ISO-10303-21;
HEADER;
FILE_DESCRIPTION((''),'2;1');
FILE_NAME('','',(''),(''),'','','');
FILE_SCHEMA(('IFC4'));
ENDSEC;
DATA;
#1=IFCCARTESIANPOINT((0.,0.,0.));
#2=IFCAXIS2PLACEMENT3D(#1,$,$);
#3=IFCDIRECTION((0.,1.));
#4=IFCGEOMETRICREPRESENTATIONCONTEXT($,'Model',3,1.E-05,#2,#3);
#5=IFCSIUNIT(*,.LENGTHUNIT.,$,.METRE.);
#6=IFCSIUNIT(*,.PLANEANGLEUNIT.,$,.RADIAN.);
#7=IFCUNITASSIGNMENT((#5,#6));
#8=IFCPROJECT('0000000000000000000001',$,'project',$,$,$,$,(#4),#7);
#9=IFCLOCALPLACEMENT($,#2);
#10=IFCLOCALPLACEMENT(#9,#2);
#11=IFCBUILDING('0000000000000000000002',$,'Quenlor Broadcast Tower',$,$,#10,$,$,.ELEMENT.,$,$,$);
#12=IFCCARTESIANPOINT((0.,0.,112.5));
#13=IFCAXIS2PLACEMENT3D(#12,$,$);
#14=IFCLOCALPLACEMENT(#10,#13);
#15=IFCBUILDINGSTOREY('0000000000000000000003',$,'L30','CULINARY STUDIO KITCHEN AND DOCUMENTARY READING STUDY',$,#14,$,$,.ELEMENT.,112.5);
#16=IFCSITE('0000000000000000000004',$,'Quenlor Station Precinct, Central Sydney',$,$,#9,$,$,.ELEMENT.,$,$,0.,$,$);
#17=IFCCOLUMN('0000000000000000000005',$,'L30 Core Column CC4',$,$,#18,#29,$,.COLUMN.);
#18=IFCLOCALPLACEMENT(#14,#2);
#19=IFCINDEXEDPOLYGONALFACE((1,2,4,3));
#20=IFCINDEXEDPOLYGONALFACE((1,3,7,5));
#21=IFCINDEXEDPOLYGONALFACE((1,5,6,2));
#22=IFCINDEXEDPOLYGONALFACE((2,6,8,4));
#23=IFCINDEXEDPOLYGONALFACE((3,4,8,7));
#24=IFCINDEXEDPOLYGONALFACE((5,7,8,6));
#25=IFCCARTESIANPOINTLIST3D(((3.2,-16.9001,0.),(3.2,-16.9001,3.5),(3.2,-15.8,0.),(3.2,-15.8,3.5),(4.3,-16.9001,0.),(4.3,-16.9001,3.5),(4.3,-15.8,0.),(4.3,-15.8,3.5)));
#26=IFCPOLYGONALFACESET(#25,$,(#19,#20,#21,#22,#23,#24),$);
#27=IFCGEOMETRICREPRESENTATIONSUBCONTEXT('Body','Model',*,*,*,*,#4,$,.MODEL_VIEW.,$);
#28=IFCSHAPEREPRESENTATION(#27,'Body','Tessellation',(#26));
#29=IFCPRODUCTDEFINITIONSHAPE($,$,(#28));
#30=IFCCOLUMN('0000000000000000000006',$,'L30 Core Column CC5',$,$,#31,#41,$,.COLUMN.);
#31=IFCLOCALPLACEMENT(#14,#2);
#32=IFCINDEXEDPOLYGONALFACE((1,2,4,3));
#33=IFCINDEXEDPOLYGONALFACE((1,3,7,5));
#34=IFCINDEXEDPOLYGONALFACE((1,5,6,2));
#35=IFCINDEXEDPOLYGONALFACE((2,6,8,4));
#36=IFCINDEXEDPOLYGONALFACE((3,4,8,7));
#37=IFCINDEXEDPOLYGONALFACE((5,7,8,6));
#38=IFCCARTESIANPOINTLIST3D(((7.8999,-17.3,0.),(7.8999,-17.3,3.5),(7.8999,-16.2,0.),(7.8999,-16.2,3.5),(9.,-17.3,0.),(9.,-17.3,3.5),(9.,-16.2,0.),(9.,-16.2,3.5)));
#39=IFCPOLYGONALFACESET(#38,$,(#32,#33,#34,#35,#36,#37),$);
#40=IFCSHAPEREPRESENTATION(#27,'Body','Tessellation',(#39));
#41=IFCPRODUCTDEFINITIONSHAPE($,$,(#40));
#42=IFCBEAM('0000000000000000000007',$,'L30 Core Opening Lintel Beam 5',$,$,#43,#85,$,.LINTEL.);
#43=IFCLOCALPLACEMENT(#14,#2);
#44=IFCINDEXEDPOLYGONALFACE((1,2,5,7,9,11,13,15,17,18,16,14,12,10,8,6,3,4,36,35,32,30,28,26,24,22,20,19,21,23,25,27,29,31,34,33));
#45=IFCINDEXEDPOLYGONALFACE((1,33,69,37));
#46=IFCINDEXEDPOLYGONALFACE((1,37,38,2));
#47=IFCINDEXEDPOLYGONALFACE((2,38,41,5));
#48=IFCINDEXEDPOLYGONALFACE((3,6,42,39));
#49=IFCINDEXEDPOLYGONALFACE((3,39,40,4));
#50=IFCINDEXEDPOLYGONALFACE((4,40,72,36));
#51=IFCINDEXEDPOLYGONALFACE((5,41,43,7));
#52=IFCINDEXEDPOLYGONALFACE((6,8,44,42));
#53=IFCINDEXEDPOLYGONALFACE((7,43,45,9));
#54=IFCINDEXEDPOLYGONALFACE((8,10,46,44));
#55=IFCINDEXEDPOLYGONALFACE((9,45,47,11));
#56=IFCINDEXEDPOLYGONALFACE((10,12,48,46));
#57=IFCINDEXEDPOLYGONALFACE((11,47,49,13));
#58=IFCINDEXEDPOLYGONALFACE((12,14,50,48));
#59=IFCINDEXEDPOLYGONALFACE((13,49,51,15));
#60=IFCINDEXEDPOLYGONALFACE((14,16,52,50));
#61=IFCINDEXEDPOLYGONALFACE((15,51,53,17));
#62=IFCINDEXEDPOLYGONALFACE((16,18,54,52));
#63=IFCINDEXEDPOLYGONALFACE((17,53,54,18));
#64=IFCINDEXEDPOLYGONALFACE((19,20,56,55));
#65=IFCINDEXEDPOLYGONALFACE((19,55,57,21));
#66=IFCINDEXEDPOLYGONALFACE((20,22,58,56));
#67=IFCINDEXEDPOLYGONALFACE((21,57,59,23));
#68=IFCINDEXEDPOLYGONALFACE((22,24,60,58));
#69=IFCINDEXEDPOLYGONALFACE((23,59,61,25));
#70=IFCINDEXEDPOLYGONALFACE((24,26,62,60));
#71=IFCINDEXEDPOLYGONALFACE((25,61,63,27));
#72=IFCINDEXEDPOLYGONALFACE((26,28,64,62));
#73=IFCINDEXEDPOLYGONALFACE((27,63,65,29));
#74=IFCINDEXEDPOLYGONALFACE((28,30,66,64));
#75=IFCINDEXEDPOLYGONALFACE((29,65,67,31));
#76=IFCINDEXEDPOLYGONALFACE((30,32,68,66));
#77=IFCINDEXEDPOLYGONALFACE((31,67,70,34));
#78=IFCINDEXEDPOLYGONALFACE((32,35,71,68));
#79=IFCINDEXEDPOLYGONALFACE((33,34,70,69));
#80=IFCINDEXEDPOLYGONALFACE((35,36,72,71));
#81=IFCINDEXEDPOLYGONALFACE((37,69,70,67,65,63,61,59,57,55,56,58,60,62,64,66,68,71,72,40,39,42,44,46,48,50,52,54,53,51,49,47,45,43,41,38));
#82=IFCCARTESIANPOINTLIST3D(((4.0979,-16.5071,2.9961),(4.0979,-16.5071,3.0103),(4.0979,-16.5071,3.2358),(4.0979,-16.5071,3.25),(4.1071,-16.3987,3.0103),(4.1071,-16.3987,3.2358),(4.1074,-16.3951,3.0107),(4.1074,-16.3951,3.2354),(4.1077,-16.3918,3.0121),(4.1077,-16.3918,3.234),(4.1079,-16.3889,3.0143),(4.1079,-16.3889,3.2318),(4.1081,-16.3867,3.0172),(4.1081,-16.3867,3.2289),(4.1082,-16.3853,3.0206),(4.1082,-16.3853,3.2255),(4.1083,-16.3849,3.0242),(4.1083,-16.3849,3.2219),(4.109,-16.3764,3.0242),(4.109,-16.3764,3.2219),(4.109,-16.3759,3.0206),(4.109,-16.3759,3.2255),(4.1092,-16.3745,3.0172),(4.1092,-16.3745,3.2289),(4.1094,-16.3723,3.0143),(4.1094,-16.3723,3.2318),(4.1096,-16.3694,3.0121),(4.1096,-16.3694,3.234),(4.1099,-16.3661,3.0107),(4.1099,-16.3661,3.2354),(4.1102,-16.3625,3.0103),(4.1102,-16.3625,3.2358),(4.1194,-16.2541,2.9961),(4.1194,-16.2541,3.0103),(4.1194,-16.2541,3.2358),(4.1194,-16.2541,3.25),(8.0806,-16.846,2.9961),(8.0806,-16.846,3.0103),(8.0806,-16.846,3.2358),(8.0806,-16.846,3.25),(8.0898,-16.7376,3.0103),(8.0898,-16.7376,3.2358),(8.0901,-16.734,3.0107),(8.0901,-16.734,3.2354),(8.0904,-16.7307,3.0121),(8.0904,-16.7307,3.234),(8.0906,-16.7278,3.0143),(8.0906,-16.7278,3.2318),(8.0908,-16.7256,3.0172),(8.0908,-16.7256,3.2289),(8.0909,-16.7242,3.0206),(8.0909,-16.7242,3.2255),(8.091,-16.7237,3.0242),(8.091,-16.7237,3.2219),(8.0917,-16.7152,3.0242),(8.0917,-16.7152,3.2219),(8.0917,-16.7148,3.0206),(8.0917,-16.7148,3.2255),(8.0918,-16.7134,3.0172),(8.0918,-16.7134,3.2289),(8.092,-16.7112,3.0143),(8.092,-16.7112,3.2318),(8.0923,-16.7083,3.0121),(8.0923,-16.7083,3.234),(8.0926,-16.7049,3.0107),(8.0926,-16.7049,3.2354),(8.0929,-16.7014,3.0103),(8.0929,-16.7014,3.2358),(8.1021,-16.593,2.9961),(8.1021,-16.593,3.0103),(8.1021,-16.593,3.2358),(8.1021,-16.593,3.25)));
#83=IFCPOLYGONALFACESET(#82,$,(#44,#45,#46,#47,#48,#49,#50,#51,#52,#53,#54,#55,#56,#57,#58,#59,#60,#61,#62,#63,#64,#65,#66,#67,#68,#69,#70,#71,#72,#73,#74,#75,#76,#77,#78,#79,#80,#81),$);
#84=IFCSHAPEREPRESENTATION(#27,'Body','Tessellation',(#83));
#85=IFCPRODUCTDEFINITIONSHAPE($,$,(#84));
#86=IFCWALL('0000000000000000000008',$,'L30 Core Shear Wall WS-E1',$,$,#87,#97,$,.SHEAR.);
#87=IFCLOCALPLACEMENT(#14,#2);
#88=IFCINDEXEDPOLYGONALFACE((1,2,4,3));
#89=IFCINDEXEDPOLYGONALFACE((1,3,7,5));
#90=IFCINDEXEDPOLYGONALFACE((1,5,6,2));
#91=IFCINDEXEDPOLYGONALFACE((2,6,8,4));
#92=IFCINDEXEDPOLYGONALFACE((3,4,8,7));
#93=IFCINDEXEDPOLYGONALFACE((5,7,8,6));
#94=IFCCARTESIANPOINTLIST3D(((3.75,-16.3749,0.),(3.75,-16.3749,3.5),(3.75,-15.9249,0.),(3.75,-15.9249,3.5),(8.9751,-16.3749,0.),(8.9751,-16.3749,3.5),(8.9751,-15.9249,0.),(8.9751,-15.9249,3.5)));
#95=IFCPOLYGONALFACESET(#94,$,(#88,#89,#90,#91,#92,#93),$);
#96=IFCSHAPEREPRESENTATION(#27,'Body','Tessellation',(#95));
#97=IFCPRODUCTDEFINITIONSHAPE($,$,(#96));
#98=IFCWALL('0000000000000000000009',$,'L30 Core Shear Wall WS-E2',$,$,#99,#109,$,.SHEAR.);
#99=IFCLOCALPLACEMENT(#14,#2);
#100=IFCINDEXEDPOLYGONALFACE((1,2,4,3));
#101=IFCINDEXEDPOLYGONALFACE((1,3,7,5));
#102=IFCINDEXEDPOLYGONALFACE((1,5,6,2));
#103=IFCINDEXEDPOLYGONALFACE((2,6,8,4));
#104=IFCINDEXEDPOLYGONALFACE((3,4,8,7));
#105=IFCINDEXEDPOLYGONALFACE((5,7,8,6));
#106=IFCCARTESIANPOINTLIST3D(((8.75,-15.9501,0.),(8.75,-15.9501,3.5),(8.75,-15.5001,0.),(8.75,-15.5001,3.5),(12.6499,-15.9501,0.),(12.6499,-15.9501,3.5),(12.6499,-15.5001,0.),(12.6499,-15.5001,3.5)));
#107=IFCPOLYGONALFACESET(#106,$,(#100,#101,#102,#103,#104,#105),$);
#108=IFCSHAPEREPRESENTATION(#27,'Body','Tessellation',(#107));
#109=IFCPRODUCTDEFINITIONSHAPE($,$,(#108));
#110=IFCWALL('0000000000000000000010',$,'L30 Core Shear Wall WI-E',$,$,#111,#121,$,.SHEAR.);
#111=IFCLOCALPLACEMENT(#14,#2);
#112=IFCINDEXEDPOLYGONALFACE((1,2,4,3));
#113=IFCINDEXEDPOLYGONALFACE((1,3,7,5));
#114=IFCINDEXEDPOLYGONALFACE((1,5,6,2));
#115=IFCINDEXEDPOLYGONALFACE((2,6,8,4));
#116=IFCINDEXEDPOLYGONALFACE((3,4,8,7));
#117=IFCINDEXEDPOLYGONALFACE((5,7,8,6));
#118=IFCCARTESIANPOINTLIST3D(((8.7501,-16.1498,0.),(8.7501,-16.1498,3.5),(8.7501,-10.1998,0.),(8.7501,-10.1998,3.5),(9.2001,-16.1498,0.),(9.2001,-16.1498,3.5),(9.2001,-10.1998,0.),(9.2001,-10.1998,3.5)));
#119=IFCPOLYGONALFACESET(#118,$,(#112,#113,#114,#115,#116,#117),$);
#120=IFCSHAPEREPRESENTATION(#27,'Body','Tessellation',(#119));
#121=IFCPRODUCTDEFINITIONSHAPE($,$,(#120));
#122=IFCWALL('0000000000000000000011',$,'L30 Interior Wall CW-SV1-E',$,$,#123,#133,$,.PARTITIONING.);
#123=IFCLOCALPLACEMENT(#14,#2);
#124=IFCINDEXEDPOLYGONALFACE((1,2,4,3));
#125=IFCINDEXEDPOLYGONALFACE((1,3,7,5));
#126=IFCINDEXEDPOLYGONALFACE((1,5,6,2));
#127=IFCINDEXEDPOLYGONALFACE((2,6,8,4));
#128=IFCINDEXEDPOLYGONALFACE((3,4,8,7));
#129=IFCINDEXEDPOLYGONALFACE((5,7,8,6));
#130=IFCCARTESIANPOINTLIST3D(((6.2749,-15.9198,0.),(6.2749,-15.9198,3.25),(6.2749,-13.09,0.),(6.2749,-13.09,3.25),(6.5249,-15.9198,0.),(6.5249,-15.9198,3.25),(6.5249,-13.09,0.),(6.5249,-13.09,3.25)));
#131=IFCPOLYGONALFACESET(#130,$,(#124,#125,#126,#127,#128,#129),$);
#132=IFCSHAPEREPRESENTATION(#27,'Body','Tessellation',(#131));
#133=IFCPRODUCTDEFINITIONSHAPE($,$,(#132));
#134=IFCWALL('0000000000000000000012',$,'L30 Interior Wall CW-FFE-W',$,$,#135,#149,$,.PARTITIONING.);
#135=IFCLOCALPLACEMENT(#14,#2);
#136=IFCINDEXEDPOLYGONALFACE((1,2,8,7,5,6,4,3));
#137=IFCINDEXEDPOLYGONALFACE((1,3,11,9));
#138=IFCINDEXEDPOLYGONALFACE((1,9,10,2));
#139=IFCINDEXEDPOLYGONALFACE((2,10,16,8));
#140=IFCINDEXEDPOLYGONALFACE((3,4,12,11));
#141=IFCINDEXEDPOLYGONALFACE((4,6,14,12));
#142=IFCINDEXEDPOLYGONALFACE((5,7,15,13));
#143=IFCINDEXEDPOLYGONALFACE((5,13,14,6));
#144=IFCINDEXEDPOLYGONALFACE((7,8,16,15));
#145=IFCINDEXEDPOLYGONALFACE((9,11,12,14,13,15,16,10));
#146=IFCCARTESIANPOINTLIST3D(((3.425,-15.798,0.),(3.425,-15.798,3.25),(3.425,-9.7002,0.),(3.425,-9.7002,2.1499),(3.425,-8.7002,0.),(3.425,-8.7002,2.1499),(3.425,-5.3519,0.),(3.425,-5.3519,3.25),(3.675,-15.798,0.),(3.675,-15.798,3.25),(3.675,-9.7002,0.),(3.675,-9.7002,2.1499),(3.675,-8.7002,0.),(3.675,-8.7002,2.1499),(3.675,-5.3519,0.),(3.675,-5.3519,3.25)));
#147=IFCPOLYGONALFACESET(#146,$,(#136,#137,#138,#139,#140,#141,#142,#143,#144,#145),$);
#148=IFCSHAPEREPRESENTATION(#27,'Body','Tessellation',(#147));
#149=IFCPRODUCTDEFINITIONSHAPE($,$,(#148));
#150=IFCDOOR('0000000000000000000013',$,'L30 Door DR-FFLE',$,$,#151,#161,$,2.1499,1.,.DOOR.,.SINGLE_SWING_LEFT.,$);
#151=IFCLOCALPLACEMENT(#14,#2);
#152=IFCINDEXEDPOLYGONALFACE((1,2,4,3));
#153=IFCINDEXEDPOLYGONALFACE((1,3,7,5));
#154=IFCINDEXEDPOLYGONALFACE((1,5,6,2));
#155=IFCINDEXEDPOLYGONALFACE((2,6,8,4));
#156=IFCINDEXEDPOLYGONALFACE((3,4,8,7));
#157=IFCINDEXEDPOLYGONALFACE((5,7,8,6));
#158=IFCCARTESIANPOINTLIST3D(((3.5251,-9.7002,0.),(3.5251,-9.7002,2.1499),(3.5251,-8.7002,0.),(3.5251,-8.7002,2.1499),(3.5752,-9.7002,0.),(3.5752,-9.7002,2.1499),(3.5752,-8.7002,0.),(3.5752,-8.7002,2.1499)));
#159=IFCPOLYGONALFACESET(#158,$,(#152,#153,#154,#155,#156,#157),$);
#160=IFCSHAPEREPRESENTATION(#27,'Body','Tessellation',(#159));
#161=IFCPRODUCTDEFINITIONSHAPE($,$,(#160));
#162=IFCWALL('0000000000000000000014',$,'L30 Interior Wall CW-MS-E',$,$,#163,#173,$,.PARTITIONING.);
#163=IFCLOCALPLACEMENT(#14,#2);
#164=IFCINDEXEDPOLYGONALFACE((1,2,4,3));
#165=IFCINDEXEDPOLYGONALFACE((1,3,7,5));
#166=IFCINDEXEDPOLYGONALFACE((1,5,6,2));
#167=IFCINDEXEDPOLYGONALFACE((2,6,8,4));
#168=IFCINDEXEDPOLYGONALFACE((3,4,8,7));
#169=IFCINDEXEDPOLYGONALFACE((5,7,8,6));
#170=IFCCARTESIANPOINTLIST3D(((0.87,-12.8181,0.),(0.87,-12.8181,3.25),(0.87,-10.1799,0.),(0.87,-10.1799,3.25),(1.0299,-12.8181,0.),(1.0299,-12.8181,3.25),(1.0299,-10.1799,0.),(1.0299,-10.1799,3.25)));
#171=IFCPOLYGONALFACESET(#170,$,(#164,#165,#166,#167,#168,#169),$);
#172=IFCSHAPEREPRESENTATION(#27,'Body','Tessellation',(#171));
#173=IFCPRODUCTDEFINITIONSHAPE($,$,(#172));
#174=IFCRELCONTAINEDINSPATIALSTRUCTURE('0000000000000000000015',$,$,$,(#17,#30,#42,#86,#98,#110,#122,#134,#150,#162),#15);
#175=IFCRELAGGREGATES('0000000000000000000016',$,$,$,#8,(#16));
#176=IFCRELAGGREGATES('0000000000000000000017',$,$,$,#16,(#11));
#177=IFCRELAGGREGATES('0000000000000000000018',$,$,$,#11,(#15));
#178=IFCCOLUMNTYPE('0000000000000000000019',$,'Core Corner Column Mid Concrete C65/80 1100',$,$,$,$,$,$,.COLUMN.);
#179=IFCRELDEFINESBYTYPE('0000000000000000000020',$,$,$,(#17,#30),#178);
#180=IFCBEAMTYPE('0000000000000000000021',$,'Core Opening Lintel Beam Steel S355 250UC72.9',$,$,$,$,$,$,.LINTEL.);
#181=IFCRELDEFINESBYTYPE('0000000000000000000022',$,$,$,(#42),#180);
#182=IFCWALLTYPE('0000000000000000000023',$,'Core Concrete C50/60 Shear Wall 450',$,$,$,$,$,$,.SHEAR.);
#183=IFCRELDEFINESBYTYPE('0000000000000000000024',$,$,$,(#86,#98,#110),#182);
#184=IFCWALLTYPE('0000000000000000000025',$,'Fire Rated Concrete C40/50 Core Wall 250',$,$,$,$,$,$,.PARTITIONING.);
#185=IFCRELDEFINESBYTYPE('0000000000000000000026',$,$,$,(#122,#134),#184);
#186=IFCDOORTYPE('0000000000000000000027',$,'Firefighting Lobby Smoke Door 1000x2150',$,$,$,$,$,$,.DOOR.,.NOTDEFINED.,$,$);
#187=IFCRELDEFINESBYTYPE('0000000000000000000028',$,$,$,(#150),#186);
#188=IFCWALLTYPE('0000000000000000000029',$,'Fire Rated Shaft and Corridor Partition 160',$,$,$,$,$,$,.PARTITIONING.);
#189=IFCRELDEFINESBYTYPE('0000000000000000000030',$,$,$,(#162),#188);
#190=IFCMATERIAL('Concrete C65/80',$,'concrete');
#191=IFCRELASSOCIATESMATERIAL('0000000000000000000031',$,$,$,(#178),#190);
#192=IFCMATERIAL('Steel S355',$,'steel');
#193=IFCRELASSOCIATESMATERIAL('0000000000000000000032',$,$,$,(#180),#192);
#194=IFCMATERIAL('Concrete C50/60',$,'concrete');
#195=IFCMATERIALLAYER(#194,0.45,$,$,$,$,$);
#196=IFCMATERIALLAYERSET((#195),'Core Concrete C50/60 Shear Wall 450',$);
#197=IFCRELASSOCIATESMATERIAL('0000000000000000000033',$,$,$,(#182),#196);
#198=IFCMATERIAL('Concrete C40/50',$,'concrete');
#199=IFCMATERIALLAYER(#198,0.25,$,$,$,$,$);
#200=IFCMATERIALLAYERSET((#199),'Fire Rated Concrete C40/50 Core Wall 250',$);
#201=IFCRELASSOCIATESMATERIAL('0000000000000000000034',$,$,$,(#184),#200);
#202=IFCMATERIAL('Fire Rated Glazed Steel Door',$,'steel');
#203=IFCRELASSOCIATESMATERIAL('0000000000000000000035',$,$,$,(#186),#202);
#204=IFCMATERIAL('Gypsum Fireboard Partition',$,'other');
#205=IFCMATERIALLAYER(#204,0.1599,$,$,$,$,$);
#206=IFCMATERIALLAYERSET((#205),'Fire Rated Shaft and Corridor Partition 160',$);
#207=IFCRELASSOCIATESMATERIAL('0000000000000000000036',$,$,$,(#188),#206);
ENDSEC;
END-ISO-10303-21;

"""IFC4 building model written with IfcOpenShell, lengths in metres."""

from ifc_helpers import new_model, si_unit, direction, frame, frame_2d, origin, origin_2d, place, context, subcontext, project, spatial, rectangle, i_section, extrude, material, layer, layer_set, material_profile, profile_set, type_object, element, fill, save


model = new_model("IFC4")

# Units and contexts
model_context = context("Model", 3, precision=1e-05, world=origin(), true_north=direction((0.0, 1.0)))
body_context = subcontext(model_context, "Body", "Model", "MODEL_VIEW")
ifc_project = project(units=[si_unit("LENGTHUNIT", "METRE"), si_unit("PLANEANGLEUNIT", "RADIAN")], contexts=[model_context])

# Site, building, storey
site_placement = place(None, origin())
site = spatial("IfcSite", under=ifc_project, at=site_placement, Name="Quenlor Station Precinct, Central Sydney", CompositionType="ELEMENT", RefElevation=0.0)
building_placement = place(site_placement, origin())
building = spatial("IfcBuilding", under=site, at=building_placement, Name="Quenlor Broadcast Tower", CompositionType="ELEMENT")
storey_placement = place(building_placement, frame((0.0, 0.0, 112.5)))
storey = spatial("IfcBuildingStorey", under=building, at=storey_placement, Name="L30", Description="CULINARY STUDIO KITCHEN AND DOCUMENTARY READING STUDY", CompositionType="ELEMENT", Elevation=112.5)

# Columns
ifc_material_1 = material(Name="Concrete C65/80", Category="concrete")
ifc_material_profile_1 = material_profile(ifc_material_1, rectangle(XDim=1.1001, YDim=1.1001, at=origin_2d()))
ifc_profile_set_1 = profile_set([ifc_material_profile_1], Name="Concrete C65/80 RC1100x1100")
column_type = type_object("IfcColumnType", Name="Core Corner Column Mid Concrete C65/80 1100", PredefinedType="COLUMN", material=ifc_profile_set_1)
for number, where, z_axis, x_axis, name in (
    (1, (3.75, -16.3501, 0.0), (0.0, 0.0, 1.0), (1.0, 0.0, 0.0), "L30 Core Column CC4"),
    (2, (8.45, -16.75, 0.0), (0.0, 0.0, 1.0), (1.0, 0.0, 0.0), "L30 Core Column CC5"),
):
    element("IfcColumn", number, at=place(storey_placement, frame(where, z_axis=z_axis, x_axis=x_axis)), inside=storey, type_object=column_type, Name=name, PredefinedType="COLUMN", context=body_context, shape_type="SweptSolid", body=[
        extrude(rectangle(XDim=1.1001, YDim=1.1001, at=origin_2d()), origin(), (0.0, 0.0, 1.0), 3.5),
    ])

# Beam
ifc_material_2 = material(Name="Steel S355", Category="steel")
ifc_material_profile_2 = material_profile(ifc_material_2, i_section(OverallWidth=0.2539, OverallDepth=0.2539, WebThickness=0.0085, FlangeThickness=0.0142, FilletRadius=0.0139, at=origin_2d()))
ifc_profile_set_2 = profile_set([ifc_material_profile_2], Name="Steel S355 250UC72.9")
beam_type = type_object("IfcBeamType", Name="Core Opening Lintel Beam Steel S355 250UC72.9", PredefinedType="LINTEL", material=ifc_profile_set_2)
beam_placement = place(storey_placement, frame((4.1086, -16.3806, 3.123), z_axis=(0.9964, -0.084779, 0.0), x_axis=(0.084779, 0.9964, 0.0)))
element("IfcBeam", 3, at=beam_placement, inside=storey, type_object=beam_type, Name="L30 Core Opening Lintel Beam 5", PredefinedType="LINTEL", context=body_context, shape_type="SweptSolid", body=[
    extrude(i_section(OverallWidth=0.2539, OverallDepth=0.2539, WebThickness=0.0085, FlangeThickness=0.0142, FilletRadius=0.0139, at=origin_2d()), origin(), (0.0, 0.0, 1.0), 3.9971),
])

# Walls
ifc_material_3 = material(Name="Concrete C50/60", Category="concrete")
ifc_layer_1 = layer(ifc_material_3, 0.45)
ifc_layer_set_1 = layer_set([ifc_layer_1], Name="Core Concrete C50/60 Shear Wall 450")
wall_type_1 = type_object("IfcWallType", Name="Core Concrete C50/60 Shear Wall 450", PredefinedType="SHEAR", material=ifc_layer_set_1)
wall_1_placement = place(storey_placement, frame((3.75, -16.1499, 0.0), z_axis=(0.0, 0.0, 1.0), x_axis=(1.0, 0.0, 0.0)))
element("IfcWall", 4, at=wall_1_placement, inside=storey, type_object=wall_type_1, Name="L30 Core Shear Wall WS-E1", PredefinedType="SHEAR", context=body_context, shape_type="SweptSolid", body=[
    extrude(rectangle(XDim=5.2251, YDim=0.45, at=frame_2d((2.6125, 0.0))), origin(), (0.0, 0.0, 1.0), 3.5),
])
wall_2_placement = place(storey_placement, frame((8.75, -15.7251, 0.0), z_axis=(0.0, 0.0, 1.0), x_axis=(1.0, 0.0, 0.0)))
element("IfcWall", 5, at=wall_2_placement, inside=storey, type_object=wall_type_1, Name="L30 Core Shear Wall WS-E2", PredefinedType="SHEAR", context=body_context, shape_type="SweptSolid", body=[
    extrude(rectangle(XDim=3.8999, YDim=0.45, at=frame_2d((1.95, 0.0))), origin(), (0.0, 0.0, 1.0), 3.5),
])
wall_3_placement = place(storey_placement, frame((8.9751, -16.1499, 0.0), z_axis=(0.0, 0.0, 1.0), x_axis=(0.0, 1.0, 0.0)))
element("IfcWall", 6, at=wall_3_placement, inside=storey, type_object=wall_type_1, Name="L30 Core Shear Wall WI-E", PredefinedType="SHEAR", context=body_context, shape_type="SweptSolid", body=[
    extrude(rectangle(XDim=5.95, YDim=0.45, at=frame_2d((2.9751, 0.0))), origin(), (0.0, 0.0, 1.0), 3.5),
])

# Shared definitions
ifc_material_4 = material(Name="Concrete C40/50", Category="concrete")
ifc_layer_2 = layer(ifc_material_4, 0.25)
ifc_layer_set_2 = layer_set([ifc_layer_2], Name="Fire Rated Concrete C40/50 Core Wall 250")
wall_type_2 = type_object("IfcWallType", Name="Fire Rated Concrete C40/50 Core Wall 250", PredefinedType="PARTITIONING", material=ifc_layer_set_2)

# Wall
wall_4_placement = place(storey_placement, frame((6.3999, -15.9199, 0.0), z_axis=(0.0, 0.0, 1.0), x_axis=(0.0, 1.0, 0.0)))
element("IfcWall", 7, at=wall_4_placement, inside=storey, type_object=wall_type_2, Name="L30 Interior Wall CW-SV1-E", PredefinedType="PARTITIONING", context=body_context, shape_type="SweptSolid", body=[
    extrude(rectangle(XDim=2.8298, YDim=0.25, at=frame_2d((1.415, 0.0))), origin(), (0.0, 0.0, 1.0), 3.25),
])

# Wall, opening, door
wall_5_placement = place(storey_placement, frame((3.55, -15.7981, 0.0), z_axis=(0.0, 0.0, 1.0), x_axis=(0.0, 1.0, 0.0)))
wall_5 = element("IfcWall", 8, at=wall_5_placement, inside=storey, type_object=wall_type_2, Name="L30 Interior Wall CW-FFE-W", PredefinedType="PARTITIONING", context=body_context, shape_type="SweptSolid", body=[
    extrude(rectangle(XDim=10.446, YDim=0.25, at=frame_2d((5.2231, 0.0))), origin(), (0.0, 0.0, 1.0), 3.25),
])
opening_1_placement = place(wall_5_placement, frame((6.0979, 0.0, 0.0)))
opening_1 = element("IfcOpeningElement", 9, at=opening_1_placement, cuts=wall_5, PredefinedType="OPENING", context=body_context, shape_type="SweptSolid", body=[
    extrude(rectangle(XDim=1.0, YDim=2.1499, at=frame_2d((0.5, 1.075))), frame((0.0, 0.135, 0.0), z_axis=(0.0, -1.0, 0.0), x_axis=(1.0, 0.0, 0.0)), (0.0, 0.0, 1.0), 0.27),
])
ifc_material_5 = material(Name="Fire Rated Glazed Steel Door", Category="steel")
door_type_1 = type_object("IfcDoorType", Name="Firefighting Lobby Smoke Door 1000x2150", OperationType="NOTDEFINED", PredefinedType="DOOR", material=ifc_material_5)
door_1_placement = place(opening_1_placement, origin())
door_1 = element("IfcDoor", 10, at=door_1_placement, inside=storey, type_object=door_type_1, Name="L30 Door DR-FFLE", OperationType="SINGLE_SWING_LEFT", OverallHeight=2.1499, OverallWidth=1.0, PredefinedType="DOOR", context=body_context, shape_type="SweptSolid", body=[
    extrude(rectangle(XDim=1.0, YDim=2.1499, at=frame_2d((0.5, 1.075))), frame((0.0, 0.0249, 0.0), z_axis=(0.0, -1.0, 0.0), x_axis=(1.0, 0.0, 0.0)), (0.0, 0.0, 1.0), 0.05),
])
fill(opening_1, door_1)

# Wall
ifc_material_6 = material(Name="Gypsum Fireboard Partition", Category="other")
ifc_layer_3 = layer(ifc_material_6, 0.1599)
ifc_layer_set_3 = layer_set([ifc_layer_3], Name="Fire Rated Shaft and Corridor Partition 160")
wall_type_3 = type_object("IfcWallType", Name="Fire Rated Shaft and Corridor Partition 160", PredefinedType="PARTITIONING", material=ifc_layer_set_3)
wall_6_placement = place(storey_placement, frame((0.95, -12.8181, 0.0), z_axis=(0.0, 0.0, 1.0), x_axis=(0.0, 1.0, 0.0)))
element("IfcWall", 11, at=wall_6_placement, inside=storey, type_object=wall_type_3, Name="L30 Interior Wall CW-MS-E", PredefinedType="PARTITIONING", context=body_context, shape_type="SweptSolid", body=[
    extrude(rectangle(XDim=2.6382, YDim=0.1599, at=frame_2d((1.3191, 0.0))), origin(), (0.0, 0.0, 1.0), 3.25),
])

save(model, "model.ifc")
